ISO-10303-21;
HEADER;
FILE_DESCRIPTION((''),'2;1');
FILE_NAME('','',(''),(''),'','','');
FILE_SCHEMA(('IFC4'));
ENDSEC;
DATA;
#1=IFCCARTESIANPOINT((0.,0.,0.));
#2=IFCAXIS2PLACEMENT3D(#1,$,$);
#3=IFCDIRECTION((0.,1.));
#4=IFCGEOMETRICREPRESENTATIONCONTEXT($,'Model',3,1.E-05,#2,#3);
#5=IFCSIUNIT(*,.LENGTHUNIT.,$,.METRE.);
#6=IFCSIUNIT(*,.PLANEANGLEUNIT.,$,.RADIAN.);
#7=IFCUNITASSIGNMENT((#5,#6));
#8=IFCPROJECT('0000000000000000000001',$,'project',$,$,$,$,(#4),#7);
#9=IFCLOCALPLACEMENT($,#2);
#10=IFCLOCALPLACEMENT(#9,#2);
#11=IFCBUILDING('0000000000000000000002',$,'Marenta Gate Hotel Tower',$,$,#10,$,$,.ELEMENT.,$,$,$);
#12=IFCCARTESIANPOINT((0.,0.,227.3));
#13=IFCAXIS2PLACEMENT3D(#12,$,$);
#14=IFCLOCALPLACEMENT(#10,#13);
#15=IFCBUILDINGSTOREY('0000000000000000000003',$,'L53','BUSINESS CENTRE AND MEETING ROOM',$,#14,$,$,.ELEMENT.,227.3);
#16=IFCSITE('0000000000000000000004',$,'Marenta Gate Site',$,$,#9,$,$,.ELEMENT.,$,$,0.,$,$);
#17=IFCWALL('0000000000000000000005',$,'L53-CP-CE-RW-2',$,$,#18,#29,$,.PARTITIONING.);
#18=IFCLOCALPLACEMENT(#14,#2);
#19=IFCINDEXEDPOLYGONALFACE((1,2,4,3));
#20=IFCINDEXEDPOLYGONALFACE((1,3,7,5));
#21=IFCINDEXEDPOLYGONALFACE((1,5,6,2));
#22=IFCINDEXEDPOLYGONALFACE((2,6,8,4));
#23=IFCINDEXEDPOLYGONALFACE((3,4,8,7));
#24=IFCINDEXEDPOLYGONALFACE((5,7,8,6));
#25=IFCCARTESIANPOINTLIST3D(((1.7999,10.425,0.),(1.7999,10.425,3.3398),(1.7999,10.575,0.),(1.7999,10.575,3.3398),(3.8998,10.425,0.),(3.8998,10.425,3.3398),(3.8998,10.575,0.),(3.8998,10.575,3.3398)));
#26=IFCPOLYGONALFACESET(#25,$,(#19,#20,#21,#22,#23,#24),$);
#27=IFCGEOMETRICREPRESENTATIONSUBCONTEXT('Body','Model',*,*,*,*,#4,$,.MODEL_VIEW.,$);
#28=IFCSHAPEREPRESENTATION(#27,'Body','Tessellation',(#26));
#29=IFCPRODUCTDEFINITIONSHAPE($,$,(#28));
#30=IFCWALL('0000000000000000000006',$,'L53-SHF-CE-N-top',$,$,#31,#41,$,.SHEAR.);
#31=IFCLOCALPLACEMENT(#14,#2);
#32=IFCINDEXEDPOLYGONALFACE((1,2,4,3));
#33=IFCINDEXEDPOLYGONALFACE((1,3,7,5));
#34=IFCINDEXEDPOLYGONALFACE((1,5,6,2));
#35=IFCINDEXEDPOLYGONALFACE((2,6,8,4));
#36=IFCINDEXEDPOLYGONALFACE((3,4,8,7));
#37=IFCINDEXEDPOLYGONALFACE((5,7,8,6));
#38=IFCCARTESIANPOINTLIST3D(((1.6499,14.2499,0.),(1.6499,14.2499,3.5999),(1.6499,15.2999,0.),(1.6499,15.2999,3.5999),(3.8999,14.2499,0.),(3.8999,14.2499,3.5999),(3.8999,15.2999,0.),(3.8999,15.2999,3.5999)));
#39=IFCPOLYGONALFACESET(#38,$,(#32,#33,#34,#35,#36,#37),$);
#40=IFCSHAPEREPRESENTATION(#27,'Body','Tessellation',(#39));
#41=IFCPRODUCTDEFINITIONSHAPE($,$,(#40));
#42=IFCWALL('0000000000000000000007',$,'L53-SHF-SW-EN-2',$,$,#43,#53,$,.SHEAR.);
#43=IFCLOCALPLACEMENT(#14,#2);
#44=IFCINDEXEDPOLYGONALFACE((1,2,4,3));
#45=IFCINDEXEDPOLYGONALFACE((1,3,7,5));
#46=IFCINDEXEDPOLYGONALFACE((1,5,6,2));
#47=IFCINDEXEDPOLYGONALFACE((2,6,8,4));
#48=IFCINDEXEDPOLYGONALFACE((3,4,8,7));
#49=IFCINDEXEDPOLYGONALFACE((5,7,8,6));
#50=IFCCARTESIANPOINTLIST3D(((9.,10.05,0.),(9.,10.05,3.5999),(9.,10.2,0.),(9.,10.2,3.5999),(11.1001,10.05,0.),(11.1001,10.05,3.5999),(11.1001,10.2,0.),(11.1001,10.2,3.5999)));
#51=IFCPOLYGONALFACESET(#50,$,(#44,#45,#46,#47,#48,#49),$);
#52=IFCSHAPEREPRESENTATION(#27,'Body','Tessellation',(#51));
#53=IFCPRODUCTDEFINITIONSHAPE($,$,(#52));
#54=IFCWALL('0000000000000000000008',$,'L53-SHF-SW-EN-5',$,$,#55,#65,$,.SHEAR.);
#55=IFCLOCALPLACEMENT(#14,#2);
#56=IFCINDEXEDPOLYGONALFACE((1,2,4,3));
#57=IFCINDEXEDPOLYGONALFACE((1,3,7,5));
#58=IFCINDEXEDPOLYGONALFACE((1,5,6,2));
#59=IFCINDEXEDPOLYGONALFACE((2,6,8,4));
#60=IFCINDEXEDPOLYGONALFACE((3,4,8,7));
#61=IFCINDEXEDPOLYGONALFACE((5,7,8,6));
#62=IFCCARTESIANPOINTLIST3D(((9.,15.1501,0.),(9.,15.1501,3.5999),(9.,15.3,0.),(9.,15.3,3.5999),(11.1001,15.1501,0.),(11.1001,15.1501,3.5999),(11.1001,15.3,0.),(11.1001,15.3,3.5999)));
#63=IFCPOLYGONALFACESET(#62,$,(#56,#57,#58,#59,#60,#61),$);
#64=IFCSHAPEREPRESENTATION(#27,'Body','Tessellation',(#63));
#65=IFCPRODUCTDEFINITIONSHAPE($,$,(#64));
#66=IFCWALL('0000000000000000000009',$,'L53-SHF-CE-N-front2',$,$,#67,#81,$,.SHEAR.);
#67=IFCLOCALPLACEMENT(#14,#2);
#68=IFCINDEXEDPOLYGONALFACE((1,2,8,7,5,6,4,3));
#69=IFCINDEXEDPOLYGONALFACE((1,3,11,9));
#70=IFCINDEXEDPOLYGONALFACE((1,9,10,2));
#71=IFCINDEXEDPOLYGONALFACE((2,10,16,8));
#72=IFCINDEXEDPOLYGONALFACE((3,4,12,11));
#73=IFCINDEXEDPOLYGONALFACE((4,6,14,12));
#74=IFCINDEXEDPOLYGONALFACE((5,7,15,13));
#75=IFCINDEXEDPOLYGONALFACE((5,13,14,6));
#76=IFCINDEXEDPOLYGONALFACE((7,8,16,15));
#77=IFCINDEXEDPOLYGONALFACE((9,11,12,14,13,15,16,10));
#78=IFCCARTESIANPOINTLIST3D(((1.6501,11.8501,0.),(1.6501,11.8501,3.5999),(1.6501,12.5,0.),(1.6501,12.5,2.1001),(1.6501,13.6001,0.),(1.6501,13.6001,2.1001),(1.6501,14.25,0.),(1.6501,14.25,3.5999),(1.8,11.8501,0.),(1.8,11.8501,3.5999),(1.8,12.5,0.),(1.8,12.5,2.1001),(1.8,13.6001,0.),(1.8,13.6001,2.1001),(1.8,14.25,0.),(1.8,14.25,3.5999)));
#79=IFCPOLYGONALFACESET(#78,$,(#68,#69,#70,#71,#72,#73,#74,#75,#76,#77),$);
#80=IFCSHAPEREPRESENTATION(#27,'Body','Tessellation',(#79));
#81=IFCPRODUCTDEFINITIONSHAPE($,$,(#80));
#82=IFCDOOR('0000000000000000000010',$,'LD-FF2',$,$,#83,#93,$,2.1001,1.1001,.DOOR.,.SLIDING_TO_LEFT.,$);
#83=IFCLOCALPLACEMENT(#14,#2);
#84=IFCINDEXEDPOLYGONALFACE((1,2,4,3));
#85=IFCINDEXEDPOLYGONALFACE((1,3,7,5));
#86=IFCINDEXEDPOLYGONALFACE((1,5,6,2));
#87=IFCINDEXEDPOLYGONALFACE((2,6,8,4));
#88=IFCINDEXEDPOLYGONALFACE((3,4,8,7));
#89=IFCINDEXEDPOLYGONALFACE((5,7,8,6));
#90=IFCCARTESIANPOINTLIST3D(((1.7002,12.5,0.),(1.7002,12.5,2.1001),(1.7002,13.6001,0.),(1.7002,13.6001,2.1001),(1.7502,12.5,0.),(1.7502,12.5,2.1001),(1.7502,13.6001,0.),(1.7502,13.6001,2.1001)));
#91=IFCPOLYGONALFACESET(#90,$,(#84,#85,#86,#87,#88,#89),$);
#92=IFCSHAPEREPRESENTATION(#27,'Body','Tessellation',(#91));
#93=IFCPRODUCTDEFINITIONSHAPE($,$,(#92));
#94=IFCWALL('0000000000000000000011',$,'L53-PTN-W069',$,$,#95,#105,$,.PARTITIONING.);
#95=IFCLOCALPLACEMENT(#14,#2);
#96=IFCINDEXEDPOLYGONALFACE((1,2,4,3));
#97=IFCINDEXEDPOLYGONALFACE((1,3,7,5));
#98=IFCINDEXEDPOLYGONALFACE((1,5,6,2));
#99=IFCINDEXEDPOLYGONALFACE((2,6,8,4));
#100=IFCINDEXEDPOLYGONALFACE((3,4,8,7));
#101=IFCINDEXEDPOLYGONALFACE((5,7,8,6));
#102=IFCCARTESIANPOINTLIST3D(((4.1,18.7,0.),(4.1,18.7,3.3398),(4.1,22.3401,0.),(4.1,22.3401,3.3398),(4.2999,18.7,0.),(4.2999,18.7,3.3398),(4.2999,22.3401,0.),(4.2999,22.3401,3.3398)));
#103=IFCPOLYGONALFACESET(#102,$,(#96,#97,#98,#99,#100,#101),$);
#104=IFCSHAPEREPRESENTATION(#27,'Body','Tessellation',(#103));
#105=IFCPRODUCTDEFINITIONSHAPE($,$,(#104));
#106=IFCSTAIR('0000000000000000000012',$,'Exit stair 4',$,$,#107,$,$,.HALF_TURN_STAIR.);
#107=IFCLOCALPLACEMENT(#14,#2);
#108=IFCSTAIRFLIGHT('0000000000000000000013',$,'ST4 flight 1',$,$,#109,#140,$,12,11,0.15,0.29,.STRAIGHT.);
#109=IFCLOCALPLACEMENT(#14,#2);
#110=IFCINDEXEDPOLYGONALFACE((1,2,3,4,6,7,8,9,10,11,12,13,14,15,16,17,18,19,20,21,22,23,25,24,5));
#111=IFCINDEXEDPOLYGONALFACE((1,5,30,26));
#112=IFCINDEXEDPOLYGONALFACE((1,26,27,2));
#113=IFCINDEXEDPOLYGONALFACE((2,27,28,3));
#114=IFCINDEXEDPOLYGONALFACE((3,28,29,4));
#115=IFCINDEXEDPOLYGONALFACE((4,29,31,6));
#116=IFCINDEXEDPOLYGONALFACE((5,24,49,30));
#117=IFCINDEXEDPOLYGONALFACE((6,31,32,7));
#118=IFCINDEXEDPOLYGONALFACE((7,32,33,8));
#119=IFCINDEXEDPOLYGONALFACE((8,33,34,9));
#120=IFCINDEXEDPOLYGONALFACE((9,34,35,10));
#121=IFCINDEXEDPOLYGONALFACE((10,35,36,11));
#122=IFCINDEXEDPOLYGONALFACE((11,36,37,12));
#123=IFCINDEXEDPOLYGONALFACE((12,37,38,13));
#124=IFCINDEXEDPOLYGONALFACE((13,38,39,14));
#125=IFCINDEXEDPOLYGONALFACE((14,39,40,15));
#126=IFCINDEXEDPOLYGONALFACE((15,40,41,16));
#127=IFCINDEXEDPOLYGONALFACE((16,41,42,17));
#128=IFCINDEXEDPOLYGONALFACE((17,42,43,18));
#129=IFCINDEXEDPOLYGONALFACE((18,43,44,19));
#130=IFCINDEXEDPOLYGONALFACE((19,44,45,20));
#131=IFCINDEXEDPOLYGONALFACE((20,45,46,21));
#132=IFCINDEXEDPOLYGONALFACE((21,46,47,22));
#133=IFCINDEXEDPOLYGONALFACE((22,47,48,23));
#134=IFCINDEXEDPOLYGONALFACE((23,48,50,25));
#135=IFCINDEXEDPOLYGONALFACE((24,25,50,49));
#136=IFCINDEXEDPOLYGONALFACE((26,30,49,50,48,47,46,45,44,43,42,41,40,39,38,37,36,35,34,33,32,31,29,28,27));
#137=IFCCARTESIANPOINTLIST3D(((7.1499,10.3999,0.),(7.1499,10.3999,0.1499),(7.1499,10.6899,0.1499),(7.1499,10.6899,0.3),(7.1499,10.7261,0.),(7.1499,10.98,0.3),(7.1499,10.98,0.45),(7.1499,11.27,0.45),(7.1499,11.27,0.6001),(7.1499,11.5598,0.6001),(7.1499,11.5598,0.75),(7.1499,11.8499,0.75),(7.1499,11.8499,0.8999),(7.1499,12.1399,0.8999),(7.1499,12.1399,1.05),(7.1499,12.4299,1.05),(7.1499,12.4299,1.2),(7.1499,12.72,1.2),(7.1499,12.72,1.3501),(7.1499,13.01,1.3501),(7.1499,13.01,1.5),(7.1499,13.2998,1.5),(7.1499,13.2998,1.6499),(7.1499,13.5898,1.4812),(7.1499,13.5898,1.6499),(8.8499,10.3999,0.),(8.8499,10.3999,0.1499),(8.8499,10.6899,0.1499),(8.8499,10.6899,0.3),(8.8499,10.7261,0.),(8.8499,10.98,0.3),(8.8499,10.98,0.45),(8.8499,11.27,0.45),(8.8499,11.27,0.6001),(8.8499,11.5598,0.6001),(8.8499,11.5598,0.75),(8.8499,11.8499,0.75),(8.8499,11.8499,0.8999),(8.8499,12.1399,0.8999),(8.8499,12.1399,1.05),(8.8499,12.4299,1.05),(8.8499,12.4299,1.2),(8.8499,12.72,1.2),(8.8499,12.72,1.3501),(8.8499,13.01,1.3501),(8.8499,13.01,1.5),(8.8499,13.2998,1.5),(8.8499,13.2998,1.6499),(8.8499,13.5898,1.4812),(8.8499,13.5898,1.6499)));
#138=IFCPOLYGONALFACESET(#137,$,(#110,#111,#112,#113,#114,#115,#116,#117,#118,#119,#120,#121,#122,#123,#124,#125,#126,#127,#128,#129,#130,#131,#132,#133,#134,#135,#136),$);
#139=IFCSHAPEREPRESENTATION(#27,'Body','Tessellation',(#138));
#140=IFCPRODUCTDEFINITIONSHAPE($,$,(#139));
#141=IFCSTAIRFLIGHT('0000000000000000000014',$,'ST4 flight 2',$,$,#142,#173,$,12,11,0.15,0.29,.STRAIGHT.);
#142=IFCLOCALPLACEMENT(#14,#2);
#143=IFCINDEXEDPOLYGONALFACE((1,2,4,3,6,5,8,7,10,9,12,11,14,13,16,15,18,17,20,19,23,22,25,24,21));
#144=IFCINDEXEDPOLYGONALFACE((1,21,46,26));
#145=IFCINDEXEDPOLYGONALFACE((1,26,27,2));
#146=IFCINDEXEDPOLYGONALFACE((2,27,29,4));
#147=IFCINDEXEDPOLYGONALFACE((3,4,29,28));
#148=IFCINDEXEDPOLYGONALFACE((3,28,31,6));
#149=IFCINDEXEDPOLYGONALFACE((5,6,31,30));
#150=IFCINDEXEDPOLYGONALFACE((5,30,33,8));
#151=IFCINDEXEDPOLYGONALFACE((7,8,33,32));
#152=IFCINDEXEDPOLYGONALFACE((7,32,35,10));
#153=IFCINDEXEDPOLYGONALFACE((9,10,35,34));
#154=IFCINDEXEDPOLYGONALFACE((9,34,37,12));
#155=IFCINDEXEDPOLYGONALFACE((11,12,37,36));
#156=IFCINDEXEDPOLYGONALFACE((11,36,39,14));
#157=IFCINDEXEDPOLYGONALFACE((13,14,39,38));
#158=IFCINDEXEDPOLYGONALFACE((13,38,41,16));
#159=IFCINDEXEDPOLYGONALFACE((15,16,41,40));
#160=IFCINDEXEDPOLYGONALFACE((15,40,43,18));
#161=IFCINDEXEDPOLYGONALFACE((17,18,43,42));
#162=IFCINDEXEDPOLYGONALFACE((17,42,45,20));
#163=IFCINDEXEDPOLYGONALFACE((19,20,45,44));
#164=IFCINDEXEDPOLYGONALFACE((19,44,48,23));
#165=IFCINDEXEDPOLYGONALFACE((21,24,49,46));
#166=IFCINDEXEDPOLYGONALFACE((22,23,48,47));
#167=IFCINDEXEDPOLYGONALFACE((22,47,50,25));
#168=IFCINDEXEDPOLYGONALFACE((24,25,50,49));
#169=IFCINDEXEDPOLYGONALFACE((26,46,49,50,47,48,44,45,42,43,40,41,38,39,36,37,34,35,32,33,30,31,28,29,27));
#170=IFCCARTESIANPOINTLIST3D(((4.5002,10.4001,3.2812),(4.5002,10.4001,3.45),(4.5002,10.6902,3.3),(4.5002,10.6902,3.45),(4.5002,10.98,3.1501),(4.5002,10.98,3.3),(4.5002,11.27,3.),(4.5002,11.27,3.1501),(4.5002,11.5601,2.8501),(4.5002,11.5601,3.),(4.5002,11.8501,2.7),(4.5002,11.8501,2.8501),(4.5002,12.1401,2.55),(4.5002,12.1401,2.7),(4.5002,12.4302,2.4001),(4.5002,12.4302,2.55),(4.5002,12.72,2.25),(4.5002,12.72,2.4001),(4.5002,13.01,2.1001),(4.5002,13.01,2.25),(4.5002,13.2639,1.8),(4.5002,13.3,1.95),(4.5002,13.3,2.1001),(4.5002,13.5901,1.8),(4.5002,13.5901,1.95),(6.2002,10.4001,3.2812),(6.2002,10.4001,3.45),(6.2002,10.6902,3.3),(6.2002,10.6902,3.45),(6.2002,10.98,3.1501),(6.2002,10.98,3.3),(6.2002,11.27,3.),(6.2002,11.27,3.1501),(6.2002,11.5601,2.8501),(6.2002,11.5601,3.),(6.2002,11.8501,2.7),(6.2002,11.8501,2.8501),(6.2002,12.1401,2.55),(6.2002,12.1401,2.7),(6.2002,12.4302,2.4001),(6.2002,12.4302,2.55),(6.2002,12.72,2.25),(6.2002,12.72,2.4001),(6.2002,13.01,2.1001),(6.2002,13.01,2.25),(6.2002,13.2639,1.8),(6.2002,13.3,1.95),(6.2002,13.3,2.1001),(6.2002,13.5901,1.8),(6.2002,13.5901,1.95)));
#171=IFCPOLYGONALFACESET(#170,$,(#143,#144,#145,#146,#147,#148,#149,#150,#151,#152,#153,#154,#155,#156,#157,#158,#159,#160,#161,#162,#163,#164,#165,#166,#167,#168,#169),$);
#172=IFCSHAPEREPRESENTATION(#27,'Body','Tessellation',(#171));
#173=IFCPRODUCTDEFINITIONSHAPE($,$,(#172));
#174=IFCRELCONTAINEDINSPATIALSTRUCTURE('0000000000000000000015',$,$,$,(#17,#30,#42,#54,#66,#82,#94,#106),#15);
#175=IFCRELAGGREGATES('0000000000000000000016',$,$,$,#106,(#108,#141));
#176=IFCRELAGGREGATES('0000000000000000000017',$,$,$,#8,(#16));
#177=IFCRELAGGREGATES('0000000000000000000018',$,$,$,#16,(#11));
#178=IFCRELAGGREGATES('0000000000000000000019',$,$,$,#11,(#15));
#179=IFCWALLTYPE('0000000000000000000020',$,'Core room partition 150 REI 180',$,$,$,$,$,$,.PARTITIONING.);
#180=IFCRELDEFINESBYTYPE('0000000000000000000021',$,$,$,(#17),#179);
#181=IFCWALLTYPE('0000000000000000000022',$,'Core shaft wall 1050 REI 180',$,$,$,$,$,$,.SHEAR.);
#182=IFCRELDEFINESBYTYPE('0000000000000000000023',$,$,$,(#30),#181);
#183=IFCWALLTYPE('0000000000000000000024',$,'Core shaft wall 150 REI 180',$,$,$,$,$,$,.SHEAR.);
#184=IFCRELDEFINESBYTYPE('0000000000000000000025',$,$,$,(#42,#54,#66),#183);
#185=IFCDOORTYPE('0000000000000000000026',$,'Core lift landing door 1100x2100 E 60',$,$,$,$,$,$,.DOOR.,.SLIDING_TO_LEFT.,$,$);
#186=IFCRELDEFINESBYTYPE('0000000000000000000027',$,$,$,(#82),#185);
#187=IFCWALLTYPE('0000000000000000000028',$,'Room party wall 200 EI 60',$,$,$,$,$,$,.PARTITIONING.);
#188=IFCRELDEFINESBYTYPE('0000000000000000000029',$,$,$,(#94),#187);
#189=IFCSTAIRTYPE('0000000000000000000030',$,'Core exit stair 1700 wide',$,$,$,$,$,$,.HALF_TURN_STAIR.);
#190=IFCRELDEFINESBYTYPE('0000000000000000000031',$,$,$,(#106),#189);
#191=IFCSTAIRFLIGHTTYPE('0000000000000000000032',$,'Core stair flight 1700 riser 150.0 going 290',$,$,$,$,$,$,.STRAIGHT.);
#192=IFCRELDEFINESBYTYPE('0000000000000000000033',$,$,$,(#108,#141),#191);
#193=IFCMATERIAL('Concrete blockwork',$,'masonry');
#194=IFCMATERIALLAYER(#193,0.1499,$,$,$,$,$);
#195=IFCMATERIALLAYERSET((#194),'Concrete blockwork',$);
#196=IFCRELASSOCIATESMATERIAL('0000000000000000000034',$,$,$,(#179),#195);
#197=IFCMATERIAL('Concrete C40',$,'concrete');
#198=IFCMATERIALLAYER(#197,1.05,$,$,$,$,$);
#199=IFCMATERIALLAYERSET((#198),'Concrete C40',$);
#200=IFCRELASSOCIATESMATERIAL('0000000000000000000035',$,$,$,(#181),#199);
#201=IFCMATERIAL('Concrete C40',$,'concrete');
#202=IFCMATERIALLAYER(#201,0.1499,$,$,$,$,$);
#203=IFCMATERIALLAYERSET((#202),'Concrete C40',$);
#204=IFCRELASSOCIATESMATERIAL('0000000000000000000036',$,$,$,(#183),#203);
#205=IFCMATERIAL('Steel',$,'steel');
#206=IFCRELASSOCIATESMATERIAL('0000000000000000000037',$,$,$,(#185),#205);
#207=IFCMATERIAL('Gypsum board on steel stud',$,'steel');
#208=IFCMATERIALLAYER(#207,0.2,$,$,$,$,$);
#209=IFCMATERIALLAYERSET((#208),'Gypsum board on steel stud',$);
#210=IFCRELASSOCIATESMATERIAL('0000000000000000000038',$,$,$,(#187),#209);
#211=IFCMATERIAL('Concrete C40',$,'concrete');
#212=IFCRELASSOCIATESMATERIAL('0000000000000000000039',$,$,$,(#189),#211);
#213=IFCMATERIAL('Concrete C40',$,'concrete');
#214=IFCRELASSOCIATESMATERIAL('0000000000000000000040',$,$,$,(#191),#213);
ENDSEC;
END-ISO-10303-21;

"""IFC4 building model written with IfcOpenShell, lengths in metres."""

from ifc_helpers import new_model, si_unit, direction, frame, frame_2d, origin, place, context, subcontext, project, spatial, polyline, rectangle, outline, extrude, material, layer, layer_set, type_object, element, fill, aggregate, save


model = new_model("IFC4")

# Units and contexts
model_context = context("Model", 3, precision=1e-05, world=origin(), true_north=direction((0.0, 1.0)))
body_context = subcontext(model_context, "Body", "Model", "MODEL_VIEW")
ifc_project = project(units=[si_unit("LENGTHUNIT", "METRE"), si_unit("PLANEANGLEUNIT", "RADIAN")], contexts=[model_context])

# Site, building, storey
site_placement = place(None, origin())
site = spatial("IfcSite", under=ifc_project, at=site_placement, Name="Marenta Gate Site", CompositionType="ELEMENT", RefElevation=0.0)
building_placement = place(site_placement, origin())
building = spatial("IfcBuilding", under=site, at=building_placement, Name="Marenta Gate Hotel Tower", CompositionType="ELEMENT")
storey_placement = place(building_placement, frame((0.0, 0.0, 227.3)))
storey = spatial("IfcBuildingStorey", under=building, at=storey_placement, Name="L53", Description="BUSINESS CENTRE AND MEETING ROOM", CompositionType="ELEMENT", Elevation=227.3)

# Shared definitions
ifc_material_1 = material(Name="Concrete blockwork", Category="masonry")
ifc_layer_1 = layer(ifc_material_1, 0.1499)
ifc_layer_set_1 = layer_set([ifc_layer_1], Name="Concrete blockwork")
wall_type_1 = type_object("IfcWallType", Name="Core room partition 150 REI 180", PredefinedType="PARTITIONING", material=ifc_layer_set_1)

# Walls
wall_1_placement = place(storey_placement, frame((1.8, 10.5, 0.0), z_axis=(0.0, 0.0, 1.0), x_axis=(1.0, 0.0, 0.0)))
element("IfcWall", 1, at=wall_1_placement, inside=storey, type_object=wall_type_1, Name="L53-CP-CE-RW-2", PredefinedType="PARTITIONING", context=body_context, shape_type="SweptSolid", body=[
    extrude(rectangle(XDim=2.0999, YDim=0.1499, at=frame_2d((1.0498, 0.0))), origin(), (0.0, 0.0, 1.0), 3.3398),
])
ifc_material_2 = material(Name="Concrete C40", Category="concrete")
ifc_layer_2 = layer(ifc_material_2, 1.05)
ifc_layer_set_2 = layer_set([ifc_layer_2], Name="Concrete C40")
wall_type_2 = type_object("IfcWallType", Name="Core shaft wall 1050 REI 180", PredefinedType="SHEAR", material=ifc_layer_set_2)
wall_2_placement = place(storey_placement, frame((1.6499, 14.7749, 0.0), z_axis=(0.0, 0.0, 1.0), x_axis=(1.0, 0.0, 0.0)))
element("IfcWall", 2, at=wall_2_placement, inside=storey, type_object=wall_type_2, Name="L53-SHF-CE-N-top", PredefinedType="SHEAR", context=body_context, shape_type="SweptSolid", body=[
    extrude(rectangle(XDim=2.25, YDim=1.05, at=frame_2d((1.125, 0.0))), origin(), (0.0, 0.0, 1.0), 3.5999),
])
ifc_material_3 = material(Name="Concrete C40", Category="concrete")
ifc_layer_3 = layer(ifc_material_3, 0.1499)
ifc_layer_set_3 = layer_set([ifc_layer_3], Name="Concrete C40")
wall_type_3 = type_object("IfcWallType", Name="Core shaft wall 150 REI 180", PredefinedType="SHEAR", material=ifc_layer_set_3)
for number, where, z_axis, x_axis, name in (
    (3, (9.0, 10.125, 0.0), (0.0, 0.0, 1.0), (1.0, 0.0, 0.0), "L53-SHF-SW-EN-2"),
    (4, (9.0, 15.2251, 0.0), (0.0, 0.0, 1.0), (1.0, 0.0, 0.0), "L53-SHF-SW-EN-5"),
):
    element("IfcWall", number, at=place(storey_placement, frame(where, z_axis=z_axis, x_axis=x_axis)), inside=storey, type_object=wall_type_3, Name=name, PredefinedType="SHEAR", context=body_context, shape_type="SweptSolid", body=[
        extrude(rectangle(XDim=2.1001, YDim=0.1499, at=frame_2d((1.05, 0.0))), origin(), (0.0, 0.0, 1.0), 3.5999),
    ])

# Wall, opening, door
wall_3_placement = place(storey_placement, frame((1.7251, 11.8501, 0.0), z_axis=(0.0, 0.0, 1.0), x_axis=(0.0, 1.0, 0.0)))
wall_3 = element("IfcWall", 5, at=wall_3_placement, inside=storey, type_object=wall_type_3, Name="L53-SHF-CE-N-front2", PredefinedType="SHEAR", context=body_context, shape_type="SweptSolid", body=[
    extrude(rectangle(XDim=2.3999, YDim=0.1499, at=frame_2d((1.2, 0.0))), origin(), (0.0, 0.0, 1.0), 3.5999),
])
opening_1_placement = place(wall_3_placement, frame((0.6499, 0.0, 0.0)))
opening_1 = element("IfcOpeningElement", 6, at=opening_1_placement, cuts=wall_3, PredefinedType="OPENING", context=body_context, shape_type="SweptSolid", body=[
    extrude(rectangle(XDim=1.1001, YDim=2.1001, at=frame_2d((0.55, 1.05))), frame((0.0, 0.075, 0.0), z_axis=(0.0, -1.0, 0.0), x_axis=(1.0, 0.0, 0.0)), (0.0, 0.0, 1.0), 0.1499),
])
ifc_material_4 = material(Name="Steel", Category="steel")
door_type_1 = type_object("IfcDoorType", Name="Core lift landing door 1100x2100 E 60", OperationType="SLIDING_TO_LEFT", PredefinedType="DOOR", material=ifc_material_4)
door_1_placement = place(opening_1_placement, origin())
door_1 = element("IfcDoor", 7, at=door_1_placement, inside=storey, type_object=door_type_1, Name="LD-FF2", OperationType="SLIDING_TO_LEFT", OverallHeight=2.1001, OverallWidth=1.1001, PredefinedType="DOOR", context=body_context, shape_type="SweptSolid", body=[
    extrude(rectangle(XDim=1.1001, YDim=2.1001, at=frame_2d((0.55, 1.05))), frame((0.0, 0.0249, 0.0), z_axis=(0.0, -1.0, 0.0), x_axis=(1.0, 0.0, 0.0)), (0.0, 0.0, 1.0), 0.05),
])
fill(opening_1, door_1)

# Wall
ifc_material_5 = material(Name="Gypsum board on steel stud", Category="steel")
ifc_layer_4 = layer(ifc_material_5, 0.2)
ifc_layer_set_4 = layer_set([ifc_layer_4], Name="Gypsum board on steel stud")
wall_type_4 = type_object("IfcWallType", Name="Room party wall 200 EI 60", PredefinedType="PARTITIONING", material=ifc_layer_set_4)
wall_4_placement = place(storey_placement, frame((4.2, 18.7, 0.0), z_axis=(0.0, 0.0, 1.0), x_axis=(0.0, 1.0, 0.0)))
element("IfcWall", 8, at=wall_4_placement, inside=storey, type_object=wall_type_4, Name="L53-PTN-W069", PredefinedType="PARTITIONING", context=body_context, shape_type="SweptSolid", body=[
    extrude(rectangle(XDim=3.6401, YDim=0.2, at=frame_2d((1.8201, 0.0))), origin(), (0.0, 0.0, 1.0), 3.3398),
])

# Stair, stair flights
ifc_material_6 = material(Name="Concrete C40", Category="concrete")
stair_type = type_object("IfcStairType", Name="Core exit stair 1700 wide", PredefinedType="HALF_TURN_STAIR", material=ifc_material_6)
stair_placement = place(storey_placement, origin())
stair = element("IfcStair", 9, at=stair_placement, inside=storey, type_object=stair_type, Name="Exit stair 4", PredefinedType="HALF_TURN_STAIR")
ifc_material_7 = material(Name="Concrete C40", Category="concrete")
stair_flight_type = type_object("IfcStairFlightType", Name="Core stair flight 1700 riser 150.0 going 290", PredefinedType="STRAIGHT", material=ifc_material_7)
stair_flight_1_placement = place(storey_placement, frame((8.0, 10.3999, 0.0), z_axis=(0.0, 0.0, 1.0), x_axis=(0.0, 1.0, 0.0)))
stair_flight_1 = element("IfcStairFlight", 10, at=stair_flight_1_placement, type_object=stair_flight_type, Name="ST4 flight 1", NumberOfRisers=12, NumberOfTreads=11, PredefinedType="STRAIGHT", RiserHeight=0.15, TreadLength=0.29, context=body_context, shape_type="SweptSolid", body=[
    extrude(outline(polyline([(0.0, 0.0), (0.0, 0.1499), (0.29, 0.1499), (0.29, 0.3), (0.5801, 0.3), (0.5801, 0.45), (0.8701, 0.45), (0.8701, 0.6001), (1.1599, 0.6001), (1.1599, 0.75), (1.45, 0.75), (1.45, 0.8999), (1.74, 0.8999), (1.74, 1.05), (2.03, 1.05), (2.03, 1.2), (2.3201, 1.2), (2.3201, 1.3501), (2.6101, 1.3501), (2.6101, 1.5), (2.8999, 1.5), (2.8999, 1.6499), (3.1899, 1.6499), (3.1899, 1.8), (3.1899, 1.4812), (0.3262, 0.0), (0.0, 0.0)])), frame((0.0, 0.8501, 0.0), z_axis=(0.0, -1.0, 0.0), x_axis=(1.0, 0.0, 0.0)), (0.0, 0.0, 1.0), 1.7),
])
stair_flight_2_placement = place(storey_placement, frame((5.3501, 13.5901, 1.8), z_axis=(0.0, 0.0, 1.0), x_axis=(0.0, -1.0, 0.0)))
stair_flight_2 = element("IfcStairFlight", 11, at=stair_flight_2_placement, type_object=stair_flight_type, Name="ST4 flight 2", NumberOfRisers=12, NumberOfTreads=11, PredefinedType="STRAIGHT", RiserHeight=0.15, TreadLength=0.29, context=body_context, shape_type="SweptSolid", body=[
    extrude(outline(polyline([(0.0, 0.0), (0.0, 0.1499), (0.29, 0.1499), (0.29, 0.3), (0.5801, 0.3), (0.5801, 0.45), (0.8701, 0.45), (0.8701, 0.6001), (1.1599, 0.6001), (1.1599, 0.75), (1.45, 0.75), (1.45, 0.8999), (1.74, 0.8999), (1.74, 1.05), (2.03, 1.05), (2.03, 1.2), (2.3201, 1.2), (2.3201, 1.3501), (2.6101, 1.3501), (2.6101, 1.5), (2.8999, 1.5), (2.8999, 1.6499), (3.1899, 1.6499), (3.1899, 1.8), (3.1899, 1.4812), (0.3262, 0.0), (0.0, 0.0)])), frame((0.0, 0.8501, 0.0), z_axis=(0.0, -1.0, 0.0), x_axis=(1.0, 0.0, 0.0)), (0.0, 0.0, 1.0), 1.7),
])
aggregate(stair, [stair_flight_1, stair_flight_2])

save(model, "model.ifc")
